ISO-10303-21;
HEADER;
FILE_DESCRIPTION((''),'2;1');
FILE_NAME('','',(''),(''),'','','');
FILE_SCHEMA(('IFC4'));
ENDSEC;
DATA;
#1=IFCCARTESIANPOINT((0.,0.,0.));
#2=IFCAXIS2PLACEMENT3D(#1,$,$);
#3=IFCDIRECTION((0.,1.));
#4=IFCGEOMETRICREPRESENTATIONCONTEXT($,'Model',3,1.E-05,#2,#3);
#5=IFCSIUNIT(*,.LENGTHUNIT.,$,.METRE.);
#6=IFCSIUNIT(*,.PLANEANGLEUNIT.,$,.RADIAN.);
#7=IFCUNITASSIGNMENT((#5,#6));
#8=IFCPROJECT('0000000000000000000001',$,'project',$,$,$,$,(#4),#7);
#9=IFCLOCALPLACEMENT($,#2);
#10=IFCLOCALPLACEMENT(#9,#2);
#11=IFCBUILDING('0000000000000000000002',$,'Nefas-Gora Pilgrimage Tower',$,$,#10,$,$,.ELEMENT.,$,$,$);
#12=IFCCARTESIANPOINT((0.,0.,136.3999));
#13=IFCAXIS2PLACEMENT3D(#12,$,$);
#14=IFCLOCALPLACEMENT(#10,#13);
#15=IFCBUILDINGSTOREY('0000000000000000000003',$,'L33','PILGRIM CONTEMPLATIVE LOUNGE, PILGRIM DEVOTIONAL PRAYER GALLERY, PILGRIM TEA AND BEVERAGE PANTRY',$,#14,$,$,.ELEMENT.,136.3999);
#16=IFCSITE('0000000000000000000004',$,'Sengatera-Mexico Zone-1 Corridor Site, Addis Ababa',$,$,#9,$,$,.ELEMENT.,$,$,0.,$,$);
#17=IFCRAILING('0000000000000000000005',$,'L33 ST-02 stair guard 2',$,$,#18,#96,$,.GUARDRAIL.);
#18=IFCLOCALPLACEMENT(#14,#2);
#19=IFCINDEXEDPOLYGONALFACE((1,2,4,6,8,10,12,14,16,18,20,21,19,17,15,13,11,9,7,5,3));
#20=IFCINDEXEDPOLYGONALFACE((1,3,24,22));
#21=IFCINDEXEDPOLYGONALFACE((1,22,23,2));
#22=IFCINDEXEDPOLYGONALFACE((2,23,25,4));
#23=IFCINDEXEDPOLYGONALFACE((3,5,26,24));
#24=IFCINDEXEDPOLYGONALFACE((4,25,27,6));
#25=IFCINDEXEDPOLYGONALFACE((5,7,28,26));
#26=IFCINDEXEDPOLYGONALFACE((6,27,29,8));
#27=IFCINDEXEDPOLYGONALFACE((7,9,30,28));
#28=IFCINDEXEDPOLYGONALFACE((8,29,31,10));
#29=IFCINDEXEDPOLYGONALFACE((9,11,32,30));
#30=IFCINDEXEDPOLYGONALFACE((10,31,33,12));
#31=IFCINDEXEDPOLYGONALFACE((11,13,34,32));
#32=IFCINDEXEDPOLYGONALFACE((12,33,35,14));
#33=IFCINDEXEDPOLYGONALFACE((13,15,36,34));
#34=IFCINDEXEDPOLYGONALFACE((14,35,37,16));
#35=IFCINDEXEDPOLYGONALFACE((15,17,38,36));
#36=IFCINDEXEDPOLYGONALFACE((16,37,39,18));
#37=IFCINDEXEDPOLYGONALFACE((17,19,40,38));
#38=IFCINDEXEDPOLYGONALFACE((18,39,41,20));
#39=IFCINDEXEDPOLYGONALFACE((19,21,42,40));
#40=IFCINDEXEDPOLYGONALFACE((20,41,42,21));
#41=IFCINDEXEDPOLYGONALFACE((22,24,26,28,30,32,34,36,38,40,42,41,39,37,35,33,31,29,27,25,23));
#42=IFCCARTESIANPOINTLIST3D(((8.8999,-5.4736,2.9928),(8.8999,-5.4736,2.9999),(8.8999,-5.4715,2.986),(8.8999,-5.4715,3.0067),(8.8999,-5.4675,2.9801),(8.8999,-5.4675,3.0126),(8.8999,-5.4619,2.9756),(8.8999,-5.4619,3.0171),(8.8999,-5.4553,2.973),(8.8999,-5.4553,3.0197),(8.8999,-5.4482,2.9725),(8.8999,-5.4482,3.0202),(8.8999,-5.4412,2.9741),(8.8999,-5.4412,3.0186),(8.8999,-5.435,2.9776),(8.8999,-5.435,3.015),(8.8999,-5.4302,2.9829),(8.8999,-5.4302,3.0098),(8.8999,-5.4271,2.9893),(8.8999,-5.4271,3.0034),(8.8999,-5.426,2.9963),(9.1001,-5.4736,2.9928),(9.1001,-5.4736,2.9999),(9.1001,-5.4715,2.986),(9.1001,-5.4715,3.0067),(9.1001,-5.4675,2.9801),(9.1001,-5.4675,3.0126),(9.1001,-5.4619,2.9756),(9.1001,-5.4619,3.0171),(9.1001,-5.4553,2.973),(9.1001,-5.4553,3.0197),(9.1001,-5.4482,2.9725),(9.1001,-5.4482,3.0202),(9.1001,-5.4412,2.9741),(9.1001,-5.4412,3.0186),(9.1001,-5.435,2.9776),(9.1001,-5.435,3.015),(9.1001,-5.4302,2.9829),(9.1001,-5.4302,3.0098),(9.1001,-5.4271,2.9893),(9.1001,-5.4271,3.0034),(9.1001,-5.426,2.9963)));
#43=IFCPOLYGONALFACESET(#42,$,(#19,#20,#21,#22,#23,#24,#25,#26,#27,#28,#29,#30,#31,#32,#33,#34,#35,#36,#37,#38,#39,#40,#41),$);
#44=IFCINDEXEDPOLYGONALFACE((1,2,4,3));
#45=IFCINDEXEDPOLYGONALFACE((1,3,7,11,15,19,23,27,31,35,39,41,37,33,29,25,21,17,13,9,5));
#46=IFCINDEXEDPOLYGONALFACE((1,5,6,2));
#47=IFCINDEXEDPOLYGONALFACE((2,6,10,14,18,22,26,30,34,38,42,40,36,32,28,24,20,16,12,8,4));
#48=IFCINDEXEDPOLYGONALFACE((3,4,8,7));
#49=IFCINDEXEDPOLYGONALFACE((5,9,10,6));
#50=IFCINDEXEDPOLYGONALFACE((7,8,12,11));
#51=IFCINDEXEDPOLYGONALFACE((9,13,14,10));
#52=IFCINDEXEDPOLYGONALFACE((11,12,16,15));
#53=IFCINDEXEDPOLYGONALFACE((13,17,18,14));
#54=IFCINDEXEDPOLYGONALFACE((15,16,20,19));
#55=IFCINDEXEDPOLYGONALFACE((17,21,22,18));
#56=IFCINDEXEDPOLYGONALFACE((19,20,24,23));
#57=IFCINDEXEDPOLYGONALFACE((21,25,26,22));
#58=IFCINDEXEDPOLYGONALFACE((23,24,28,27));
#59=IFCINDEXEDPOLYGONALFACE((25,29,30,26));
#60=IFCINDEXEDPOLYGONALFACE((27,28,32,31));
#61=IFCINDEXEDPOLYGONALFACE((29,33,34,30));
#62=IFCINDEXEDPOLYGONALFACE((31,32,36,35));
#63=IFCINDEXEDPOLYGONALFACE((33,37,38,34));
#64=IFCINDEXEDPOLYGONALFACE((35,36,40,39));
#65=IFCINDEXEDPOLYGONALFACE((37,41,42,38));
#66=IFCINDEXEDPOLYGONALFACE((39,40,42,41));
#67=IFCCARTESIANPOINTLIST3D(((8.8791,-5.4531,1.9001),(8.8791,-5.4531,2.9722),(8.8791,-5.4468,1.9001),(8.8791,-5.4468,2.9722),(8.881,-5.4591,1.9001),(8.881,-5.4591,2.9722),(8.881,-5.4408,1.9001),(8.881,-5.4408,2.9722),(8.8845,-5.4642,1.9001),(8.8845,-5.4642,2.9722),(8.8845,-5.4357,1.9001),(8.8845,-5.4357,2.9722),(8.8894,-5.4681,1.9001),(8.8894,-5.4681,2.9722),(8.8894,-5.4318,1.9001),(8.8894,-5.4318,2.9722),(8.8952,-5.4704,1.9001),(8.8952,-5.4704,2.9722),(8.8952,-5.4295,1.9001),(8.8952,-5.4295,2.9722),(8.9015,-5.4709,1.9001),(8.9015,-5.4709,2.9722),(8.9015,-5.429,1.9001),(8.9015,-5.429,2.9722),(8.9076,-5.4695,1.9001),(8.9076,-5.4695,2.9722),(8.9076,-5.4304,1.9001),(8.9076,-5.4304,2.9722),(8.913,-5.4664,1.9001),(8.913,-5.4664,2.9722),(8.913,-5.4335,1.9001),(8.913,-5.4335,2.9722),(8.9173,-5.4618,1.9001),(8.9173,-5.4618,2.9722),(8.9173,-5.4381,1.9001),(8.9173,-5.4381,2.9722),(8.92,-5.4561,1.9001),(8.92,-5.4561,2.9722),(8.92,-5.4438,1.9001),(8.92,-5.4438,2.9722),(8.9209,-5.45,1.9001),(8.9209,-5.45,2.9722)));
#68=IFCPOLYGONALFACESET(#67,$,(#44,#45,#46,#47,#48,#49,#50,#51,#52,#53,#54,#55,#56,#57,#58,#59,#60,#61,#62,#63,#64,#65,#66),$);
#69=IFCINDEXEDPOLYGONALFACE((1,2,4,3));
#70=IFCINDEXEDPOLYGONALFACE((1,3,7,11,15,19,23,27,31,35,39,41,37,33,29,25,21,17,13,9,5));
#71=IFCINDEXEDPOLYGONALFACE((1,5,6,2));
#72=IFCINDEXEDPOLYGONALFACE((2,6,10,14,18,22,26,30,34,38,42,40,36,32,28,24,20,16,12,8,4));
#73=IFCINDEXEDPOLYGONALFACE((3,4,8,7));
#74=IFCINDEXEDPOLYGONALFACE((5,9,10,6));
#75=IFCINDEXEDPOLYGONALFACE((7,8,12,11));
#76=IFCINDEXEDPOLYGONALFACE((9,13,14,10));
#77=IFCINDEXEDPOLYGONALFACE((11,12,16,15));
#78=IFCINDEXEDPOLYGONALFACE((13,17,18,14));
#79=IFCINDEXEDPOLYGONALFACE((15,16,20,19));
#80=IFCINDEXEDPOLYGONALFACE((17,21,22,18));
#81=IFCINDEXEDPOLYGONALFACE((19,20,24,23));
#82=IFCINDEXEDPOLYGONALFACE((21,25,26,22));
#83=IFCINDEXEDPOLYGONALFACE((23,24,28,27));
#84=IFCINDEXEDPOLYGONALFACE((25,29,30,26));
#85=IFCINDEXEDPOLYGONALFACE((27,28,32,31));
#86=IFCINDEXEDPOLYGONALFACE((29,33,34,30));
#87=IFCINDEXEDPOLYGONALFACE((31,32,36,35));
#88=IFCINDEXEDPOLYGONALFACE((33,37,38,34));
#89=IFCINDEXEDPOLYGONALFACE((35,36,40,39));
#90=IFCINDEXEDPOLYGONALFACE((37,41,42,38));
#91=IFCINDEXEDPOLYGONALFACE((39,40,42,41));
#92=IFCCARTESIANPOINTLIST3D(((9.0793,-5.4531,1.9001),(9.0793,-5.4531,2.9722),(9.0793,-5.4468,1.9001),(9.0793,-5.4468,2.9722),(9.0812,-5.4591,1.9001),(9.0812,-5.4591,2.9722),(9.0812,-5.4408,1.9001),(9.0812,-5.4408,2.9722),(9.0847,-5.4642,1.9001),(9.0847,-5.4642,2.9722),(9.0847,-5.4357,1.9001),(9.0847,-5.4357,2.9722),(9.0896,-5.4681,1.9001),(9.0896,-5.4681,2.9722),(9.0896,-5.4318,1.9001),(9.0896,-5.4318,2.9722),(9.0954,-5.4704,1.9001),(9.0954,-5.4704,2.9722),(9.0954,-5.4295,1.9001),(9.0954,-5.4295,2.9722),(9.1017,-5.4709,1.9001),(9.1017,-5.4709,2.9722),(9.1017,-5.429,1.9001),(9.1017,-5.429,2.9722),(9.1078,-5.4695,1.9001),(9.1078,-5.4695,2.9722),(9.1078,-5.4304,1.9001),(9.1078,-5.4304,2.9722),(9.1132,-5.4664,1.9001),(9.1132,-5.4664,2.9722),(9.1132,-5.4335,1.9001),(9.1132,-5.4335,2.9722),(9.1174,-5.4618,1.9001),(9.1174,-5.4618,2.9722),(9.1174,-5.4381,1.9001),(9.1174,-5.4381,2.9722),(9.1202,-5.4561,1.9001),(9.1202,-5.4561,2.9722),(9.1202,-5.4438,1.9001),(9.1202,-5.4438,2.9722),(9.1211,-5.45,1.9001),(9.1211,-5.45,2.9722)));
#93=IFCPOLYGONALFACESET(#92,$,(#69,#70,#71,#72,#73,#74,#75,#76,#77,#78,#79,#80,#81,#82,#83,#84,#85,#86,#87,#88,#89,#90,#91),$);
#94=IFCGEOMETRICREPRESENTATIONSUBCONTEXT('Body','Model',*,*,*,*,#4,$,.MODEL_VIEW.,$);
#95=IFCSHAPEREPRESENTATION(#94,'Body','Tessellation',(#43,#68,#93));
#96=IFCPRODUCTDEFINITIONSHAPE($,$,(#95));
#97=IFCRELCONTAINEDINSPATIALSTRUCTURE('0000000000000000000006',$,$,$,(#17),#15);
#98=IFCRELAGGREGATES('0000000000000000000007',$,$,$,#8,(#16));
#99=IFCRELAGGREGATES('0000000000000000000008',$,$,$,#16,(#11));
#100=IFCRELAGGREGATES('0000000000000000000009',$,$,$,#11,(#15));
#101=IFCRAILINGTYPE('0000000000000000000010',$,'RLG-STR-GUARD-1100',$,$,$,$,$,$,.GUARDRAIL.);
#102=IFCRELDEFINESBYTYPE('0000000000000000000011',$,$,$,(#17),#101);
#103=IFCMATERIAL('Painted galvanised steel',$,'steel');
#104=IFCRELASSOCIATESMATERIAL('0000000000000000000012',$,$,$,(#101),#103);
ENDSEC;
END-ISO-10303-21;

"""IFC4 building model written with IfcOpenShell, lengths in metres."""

from ifc_helpers import new_model, si_unit, direction, frame, origin, origin_2d, place, context, subcontext, project, spatial, circle, extrude, material, type_object, element, save


model = new_model("IFC4")

# Units and contexts
model_context = context("Model", 3, precision=1e-05, world=origin(), true_north=direction((0.0, 1.0)))
body_context = subcontext(model_context, "Body", "Model", "MODEL_VIEW")
ifc_project = project(units=[si_unit("LENGTHUNIT", "METRE"), si_unit("PLANEANGLEUNIT", "RADIAN")], contexts=[model_context])

# Site, building, storey
site_placement = place(None, origin())
site = spatial("IfcSite", under=ifc_project, at=site_placement, Name="Sengatera-Mexico Zone-1 Corridor Site, Addis Ababa", CompositionType="ELEMENT", RefElevation=0.0)
building_placement = place(site_placement, origin())
building = spatial("IfcBuilding", under=site, at=building_placement, Name="Nefas-Gora Pilgrimage Tower", CompositionType="ELEMENT")
storey_placement = place(building_placement, frame((0.0, 0.0, 136.3999)))
storey = spatial("IfcBuildingStorey", under=building, at=storey_placement, Name="L33", Description="PILGRIM CONTEMPLATIVE LOUNGE, PILGRIM DEVOTIONAL PRAYER GALLERY, PILGRIM TEA AND BEVERAGE PANTRY", CompositionType="ELEMENT", Elevation=136.3999)

# Railing
ifc_material_1 = material(Name="Painted galvanised steel", Category="steel")
railing_type_1 = type_object("IfcRailingType", Name="RLG-STR-GUARD-1100", PredefinedType="GUARDRAIL", material=ifc_material_1)
railing_1_placement = place(storey_placement, frame((8.8999, -5.45, 1.9001)))
element("IfcRailing", 1, at=railing_1_placement, inside=storey, type_object=railing_type_1, Name="L33 ST-02 stair guard 2", PredefinedType="GUARDRAIL", context=body_context, shape_type="SweptSolid", body=[
    extrude(circle(Radius=0.0239, at=origin_2d()), frame((0.0, 0.0, 1.0962), z_axis=(1.0, 0.0, 0.0), x_axis=(0.0, 1.0, 0.0)), (0.0, 0.0, 1.0), 0.2002),
    extrude(circle(Radius=0.021, at=origin_2d()), origin(), (0.0, 0.0, 1.0), 1.072),
    extrude(circle(Radius=0.021, at=origin_2d()), frame((0.2002, 0.0, 0.0)), (0.0, 0.0, 1.0), 1.072),
])

save(model, "model.ifc")
